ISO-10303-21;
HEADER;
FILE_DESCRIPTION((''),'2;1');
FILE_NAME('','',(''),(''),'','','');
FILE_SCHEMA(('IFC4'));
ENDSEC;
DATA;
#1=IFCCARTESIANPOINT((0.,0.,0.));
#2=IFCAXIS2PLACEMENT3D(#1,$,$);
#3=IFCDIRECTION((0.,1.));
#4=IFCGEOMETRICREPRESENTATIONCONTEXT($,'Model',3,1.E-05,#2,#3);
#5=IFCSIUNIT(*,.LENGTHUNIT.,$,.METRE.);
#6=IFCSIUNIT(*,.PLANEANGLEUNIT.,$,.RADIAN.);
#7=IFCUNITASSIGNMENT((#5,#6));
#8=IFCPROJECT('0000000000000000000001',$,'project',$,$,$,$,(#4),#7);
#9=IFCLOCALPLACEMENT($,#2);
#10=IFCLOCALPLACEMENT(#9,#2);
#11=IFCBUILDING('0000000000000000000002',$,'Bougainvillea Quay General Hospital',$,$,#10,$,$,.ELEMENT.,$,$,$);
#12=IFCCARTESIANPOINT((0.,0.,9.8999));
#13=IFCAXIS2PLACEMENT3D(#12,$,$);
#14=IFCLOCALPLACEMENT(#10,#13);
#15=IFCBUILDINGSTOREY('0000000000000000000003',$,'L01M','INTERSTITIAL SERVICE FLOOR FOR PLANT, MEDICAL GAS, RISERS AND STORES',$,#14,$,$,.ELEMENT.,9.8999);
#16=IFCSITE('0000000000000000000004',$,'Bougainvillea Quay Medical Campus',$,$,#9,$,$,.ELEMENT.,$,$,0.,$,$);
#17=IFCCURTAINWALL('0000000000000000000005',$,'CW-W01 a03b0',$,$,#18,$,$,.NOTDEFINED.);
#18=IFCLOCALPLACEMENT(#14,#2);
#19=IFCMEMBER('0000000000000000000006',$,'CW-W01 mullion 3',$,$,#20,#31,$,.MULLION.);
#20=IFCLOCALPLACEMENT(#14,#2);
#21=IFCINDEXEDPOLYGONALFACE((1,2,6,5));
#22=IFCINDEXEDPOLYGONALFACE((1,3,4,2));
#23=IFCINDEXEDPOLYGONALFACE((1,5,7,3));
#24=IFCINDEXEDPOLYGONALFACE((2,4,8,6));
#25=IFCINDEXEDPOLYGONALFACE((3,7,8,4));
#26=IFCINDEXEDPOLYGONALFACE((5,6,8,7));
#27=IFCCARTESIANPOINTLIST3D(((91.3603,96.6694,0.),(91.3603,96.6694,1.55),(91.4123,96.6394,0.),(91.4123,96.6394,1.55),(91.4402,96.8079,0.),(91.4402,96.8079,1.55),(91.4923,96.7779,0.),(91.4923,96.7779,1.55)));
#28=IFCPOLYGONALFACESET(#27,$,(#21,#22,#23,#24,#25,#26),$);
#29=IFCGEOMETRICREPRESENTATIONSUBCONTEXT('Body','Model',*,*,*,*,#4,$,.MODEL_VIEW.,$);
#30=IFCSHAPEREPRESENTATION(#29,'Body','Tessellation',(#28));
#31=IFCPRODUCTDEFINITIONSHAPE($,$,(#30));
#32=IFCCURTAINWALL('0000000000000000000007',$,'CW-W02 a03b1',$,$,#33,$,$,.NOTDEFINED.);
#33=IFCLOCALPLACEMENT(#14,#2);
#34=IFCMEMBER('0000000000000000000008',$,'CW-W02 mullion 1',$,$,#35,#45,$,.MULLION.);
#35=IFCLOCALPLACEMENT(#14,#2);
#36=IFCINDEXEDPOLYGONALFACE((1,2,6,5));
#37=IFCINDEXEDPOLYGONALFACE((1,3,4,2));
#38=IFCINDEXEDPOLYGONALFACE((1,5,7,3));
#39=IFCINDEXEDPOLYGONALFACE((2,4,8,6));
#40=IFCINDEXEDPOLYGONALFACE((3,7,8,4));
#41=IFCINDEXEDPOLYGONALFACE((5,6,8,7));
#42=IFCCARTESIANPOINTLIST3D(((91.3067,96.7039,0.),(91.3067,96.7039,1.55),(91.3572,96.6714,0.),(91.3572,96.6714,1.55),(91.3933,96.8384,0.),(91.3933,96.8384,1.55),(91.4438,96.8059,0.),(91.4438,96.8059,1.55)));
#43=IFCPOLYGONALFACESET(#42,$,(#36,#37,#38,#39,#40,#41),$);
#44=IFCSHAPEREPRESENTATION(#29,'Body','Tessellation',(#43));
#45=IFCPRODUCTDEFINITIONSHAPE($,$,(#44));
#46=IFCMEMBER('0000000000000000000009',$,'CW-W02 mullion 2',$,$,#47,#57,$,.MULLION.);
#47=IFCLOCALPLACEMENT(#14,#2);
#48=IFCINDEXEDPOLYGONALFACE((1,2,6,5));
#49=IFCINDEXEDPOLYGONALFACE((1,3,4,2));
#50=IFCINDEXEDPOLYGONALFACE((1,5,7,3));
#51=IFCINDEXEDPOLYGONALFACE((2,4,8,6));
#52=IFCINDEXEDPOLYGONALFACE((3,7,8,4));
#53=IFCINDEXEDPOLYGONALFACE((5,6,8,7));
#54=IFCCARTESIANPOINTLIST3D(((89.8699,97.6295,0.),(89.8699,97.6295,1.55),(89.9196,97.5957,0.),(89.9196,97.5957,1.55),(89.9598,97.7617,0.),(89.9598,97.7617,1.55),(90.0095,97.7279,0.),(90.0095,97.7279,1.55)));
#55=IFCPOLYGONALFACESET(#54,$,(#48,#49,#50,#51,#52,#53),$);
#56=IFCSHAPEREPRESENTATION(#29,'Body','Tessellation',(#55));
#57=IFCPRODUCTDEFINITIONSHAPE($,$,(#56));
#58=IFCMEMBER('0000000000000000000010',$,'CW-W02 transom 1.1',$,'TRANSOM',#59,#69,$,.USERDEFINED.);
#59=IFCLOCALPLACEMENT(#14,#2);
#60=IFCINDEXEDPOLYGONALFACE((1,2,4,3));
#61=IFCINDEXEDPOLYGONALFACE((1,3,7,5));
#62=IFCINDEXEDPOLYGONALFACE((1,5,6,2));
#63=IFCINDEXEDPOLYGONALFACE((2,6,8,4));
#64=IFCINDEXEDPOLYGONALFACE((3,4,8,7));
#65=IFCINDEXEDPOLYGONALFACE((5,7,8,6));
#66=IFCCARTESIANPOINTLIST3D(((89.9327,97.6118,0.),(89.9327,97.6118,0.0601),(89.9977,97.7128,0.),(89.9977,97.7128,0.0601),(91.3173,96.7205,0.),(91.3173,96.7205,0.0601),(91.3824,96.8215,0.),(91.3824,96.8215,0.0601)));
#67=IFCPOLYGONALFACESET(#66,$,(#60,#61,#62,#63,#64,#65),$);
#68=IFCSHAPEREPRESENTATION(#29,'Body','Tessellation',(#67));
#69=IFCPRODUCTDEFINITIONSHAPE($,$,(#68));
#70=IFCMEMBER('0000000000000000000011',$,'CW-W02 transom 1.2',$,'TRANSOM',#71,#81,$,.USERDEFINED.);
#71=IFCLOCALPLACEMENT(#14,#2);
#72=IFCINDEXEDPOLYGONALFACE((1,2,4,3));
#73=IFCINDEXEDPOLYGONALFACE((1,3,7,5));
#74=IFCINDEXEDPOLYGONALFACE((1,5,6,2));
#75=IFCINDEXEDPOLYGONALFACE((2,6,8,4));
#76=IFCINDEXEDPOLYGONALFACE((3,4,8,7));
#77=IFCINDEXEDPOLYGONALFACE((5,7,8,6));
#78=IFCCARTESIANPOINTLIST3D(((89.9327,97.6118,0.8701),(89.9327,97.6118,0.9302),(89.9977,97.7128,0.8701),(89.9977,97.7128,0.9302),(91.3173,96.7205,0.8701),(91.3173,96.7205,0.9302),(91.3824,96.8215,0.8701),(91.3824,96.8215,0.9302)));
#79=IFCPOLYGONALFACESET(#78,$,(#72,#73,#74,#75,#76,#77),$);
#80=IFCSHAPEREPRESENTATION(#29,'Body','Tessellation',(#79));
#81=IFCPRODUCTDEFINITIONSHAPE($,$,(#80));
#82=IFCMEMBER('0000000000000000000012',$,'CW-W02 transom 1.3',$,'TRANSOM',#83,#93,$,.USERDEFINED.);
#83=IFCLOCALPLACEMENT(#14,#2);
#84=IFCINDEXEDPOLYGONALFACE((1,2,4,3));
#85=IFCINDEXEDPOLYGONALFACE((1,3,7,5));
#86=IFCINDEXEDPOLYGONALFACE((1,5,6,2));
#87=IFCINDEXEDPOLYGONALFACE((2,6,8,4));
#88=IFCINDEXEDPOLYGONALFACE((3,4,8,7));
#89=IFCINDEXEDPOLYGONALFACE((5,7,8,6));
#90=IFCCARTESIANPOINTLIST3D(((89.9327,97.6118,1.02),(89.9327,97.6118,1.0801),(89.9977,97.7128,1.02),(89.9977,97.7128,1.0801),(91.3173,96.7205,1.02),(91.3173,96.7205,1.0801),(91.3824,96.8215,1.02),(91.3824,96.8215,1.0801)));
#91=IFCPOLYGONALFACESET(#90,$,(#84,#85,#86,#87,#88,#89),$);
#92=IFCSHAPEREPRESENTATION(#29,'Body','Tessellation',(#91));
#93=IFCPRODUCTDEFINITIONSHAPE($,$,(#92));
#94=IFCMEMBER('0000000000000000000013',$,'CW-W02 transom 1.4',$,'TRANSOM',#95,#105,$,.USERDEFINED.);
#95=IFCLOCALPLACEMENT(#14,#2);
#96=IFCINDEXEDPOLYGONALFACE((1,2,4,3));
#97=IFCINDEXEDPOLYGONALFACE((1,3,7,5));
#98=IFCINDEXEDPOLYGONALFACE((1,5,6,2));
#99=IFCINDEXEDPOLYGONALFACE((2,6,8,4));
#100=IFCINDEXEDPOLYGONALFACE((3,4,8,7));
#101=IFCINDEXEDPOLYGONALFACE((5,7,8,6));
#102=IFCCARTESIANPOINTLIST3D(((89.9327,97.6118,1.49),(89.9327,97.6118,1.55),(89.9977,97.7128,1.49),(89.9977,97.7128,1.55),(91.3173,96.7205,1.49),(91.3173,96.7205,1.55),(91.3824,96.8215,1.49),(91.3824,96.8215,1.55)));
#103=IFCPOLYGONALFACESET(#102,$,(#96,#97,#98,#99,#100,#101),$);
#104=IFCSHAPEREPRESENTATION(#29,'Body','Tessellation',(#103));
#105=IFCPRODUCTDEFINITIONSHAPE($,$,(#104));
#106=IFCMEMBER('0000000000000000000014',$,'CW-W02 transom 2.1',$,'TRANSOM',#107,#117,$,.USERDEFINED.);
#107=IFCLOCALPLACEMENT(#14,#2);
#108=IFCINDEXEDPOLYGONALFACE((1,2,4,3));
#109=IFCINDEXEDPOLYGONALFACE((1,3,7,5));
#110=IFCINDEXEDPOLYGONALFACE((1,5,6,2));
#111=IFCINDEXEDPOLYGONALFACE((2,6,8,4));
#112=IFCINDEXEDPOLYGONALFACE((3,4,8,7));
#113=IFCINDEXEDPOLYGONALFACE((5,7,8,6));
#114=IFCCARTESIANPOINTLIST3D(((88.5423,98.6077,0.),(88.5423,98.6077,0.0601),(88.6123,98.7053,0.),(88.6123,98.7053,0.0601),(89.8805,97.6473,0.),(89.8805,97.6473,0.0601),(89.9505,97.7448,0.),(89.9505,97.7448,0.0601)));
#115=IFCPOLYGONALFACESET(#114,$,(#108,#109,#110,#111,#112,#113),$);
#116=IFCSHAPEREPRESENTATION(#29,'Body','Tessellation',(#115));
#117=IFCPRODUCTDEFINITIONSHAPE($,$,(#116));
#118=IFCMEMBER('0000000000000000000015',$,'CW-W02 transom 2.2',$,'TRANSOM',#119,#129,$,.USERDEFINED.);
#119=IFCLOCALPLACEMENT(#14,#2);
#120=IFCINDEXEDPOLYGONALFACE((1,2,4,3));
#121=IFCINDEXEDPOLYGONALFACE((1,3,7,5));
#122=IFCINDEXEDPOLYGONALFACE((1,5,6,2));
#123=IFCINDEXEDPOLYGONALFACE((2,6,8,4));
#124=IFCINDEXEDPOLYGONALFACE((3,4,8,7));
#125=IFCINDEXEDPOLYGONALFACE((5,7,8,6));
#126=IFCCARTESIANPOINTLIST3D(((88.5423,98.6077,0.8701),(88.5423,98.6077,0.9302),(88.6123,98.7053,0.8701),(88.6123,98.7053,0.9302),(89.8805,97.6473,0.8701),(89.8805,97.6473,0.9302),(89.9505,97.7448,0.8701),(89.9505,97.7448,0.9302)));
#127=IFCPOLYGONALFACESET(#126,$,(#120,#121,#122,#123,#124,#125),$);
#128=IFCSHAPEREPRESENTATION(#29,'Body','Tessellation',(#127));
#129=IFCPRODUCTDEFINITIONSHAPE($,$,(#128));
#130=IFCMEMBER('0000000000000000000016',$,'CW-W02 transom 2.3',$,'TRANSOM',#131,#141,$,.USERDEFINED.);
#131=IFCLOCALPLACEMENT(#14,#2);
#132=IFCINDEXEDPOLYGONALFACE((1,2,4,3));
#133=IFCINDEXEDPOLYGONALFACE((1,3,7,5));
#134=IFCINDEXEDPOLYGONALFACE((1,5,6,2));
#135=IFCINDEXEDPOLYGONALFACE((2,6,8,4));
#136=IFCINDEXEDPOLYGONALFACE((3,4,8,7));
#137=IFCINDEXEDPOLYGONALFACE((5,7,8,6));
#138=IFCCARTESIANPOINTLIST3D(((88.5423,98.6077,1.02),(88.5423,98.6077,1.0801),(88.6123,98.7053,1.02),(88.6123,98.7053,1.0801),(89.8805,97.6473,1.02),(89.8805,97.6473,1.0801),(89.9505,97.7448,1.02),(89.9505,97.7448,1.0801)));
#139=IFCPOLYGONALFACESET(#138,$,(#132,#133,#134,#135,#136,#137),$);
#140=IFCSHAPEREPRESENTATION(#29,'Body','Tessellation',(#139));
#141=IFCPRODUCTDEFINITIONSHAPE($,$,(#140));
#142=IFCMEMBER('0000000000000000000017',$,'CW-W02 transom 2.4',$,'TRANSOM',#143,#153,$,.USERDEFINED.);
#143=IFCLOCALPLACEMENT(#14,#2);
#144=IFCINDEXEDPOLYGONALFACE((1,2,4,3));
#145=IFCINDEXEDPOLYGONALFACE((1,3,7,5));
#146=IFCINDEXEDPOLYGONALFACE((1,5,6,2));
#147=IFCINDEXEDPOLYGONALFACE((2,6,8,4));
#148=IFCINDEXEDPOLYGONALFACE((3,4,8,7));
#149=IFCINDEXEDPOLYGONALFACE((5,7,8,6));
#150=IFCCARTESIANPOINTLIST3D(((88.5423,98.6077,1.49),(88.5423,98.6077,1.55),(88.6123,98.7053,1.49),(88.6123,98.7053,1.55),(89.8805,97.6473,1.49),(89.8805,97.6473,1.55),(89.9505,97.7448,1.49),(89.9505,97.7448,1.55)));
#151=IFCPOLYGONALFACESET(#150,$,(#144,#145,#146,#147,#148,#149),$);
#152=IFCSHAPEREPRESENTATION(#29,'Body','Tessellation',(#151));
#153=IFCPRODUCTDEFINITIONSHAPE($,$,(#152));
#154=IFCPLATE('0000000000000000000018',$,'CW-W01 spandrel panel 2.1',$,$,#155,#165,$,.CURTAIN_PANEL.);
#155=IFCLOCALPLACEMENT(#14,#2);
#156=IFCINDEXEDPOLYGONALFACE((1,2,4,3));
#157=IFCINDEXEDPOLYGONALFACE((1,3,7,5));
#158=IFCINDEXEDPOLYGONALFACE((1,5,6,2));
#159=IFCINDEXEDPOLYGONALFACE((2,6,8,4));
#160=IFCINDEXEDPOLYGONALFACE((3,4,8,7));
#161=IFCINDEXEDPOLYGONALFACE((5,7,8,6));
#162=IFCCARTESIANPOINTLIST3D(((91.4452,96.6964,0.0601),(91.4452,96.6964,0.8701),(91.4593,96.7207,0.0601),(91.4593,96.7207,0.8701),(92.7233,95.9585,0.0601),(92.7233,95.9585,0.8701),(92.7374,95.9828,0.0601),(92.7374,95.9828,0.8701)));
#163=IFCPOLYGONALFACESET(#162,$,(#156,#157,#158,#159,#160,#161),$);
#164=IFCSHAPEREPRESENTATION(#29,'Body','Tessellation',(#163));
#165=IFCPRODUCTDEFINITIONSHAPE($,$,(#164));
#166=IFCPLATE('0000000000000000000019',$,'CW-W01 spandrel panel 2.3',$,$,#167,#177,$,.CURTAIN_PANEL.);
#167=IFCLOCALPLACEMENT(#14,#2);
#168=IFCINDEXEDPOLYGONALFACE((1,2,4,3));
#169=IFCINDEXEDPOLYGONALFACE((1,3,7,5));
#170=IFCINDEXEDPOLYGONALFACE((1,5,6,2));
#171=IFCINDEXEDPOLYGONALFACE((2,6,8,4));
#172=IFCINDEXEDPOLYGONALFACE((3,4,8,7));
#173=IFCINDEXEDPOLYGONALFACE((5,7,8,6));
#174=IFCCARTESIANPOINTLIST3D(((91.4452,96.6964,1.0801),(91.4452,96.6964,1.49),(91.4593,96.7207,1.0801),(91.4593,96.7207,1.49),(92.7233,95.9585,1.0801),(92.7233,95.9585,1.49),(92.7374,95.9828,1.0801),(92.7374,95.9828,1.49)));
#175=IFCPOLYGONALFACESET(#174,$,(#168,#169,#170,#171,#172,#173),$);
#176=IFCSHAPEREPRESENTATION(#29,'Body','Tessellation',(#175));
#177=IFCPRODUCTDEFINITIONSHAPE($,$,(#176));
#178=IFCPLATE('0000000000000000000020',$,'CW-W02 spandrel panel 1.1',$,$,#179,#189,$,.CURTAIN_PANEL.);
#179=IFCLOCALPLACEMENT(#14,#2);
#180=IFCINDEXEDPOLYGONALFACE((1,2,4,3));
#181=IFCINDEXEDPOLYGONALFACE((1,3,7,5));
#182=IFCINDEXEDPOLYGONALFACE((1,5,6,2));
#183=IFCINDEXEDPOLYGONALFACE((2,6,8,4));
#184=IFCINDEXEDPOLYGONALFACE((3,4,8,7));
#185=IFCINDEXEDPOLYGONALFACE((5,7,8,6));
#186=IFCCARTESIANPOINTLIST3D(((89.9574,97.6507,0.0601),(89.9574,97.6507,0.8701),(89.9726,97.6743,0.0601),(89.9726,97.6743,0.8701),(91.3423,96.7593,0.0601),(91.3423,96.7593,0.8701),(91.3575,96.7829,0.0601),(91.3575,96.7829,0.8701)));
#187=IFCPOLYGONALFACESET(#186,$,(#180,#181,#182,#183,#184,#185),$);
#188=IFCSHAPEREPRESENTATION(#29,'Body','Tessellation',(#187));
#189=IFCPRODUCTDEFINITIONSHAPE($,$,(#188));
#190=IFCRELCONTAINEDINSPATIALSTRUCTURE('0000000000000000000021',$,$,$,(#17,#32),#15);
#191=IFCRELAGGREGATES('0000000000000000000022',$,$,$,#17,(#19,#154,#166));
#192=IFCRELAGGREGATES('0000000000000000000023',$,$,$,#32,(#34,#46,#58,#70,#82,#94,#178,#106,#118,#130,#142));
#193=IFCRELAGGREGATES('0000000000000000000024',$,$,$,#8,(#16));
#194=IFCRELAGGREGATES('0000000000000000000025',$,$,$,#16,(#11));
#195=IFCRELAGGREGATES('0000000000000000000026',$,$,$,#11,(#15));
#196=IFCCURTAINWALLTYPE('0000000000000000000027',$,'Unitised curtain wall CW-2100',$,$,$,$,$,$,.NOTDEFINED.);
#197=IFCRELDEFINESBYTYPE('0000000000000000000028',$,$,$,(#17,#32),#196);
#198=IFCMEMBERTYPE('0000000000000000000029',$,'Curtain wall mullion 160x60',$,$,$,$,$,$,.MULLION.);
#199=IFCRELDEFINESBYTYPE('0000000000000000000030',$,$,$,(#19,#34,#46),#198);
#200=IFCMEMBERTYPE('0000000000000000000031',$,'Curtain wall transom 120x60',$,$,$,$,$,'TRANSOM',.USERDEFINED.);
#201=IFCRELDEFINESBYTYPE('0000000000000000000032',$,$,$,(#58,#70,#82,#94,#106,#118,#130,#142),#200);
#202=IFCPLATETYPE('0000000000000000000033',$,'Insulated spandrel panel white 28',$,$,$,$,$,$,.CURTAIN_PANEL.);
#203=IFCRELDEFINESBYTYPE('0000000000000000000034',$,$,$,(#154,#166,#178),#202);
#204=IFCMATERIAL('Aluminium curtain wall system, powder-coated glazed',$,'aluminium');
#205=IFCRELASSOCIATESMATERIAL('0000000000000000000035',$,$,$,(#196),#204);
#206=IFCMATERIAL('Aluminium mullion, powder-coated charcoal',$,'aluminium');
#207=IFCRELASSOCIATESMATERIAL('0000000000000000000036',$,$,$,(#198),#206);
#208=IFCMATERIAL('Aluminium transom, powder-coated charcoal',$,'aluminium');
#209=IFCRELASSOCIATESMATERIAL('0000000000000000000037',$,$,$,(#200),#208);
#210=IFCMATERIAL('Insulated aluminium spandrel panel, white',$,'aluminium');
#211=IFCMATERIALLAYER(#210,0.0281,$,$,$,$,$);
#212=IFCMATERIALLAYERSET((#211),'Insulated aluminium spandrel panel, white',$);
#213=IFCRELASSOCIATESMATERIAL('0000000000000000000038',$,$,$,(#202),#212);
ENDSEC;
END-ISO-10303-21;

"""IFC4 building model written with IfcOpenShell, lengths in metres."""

from ifc_helpers import new_model, si_unit, direction, frame, origin, origin_2d, place, context, subcontext, project, spatial, rectangle, extrude, material, layer, layer_set, material_profile, profile_set, type_object, element, aggregate, save


model = new_model("IFC4")

# Units and contexts
model_context = context("Model", 3, precision=1e-05, world=origin(), true_north=direction((0.0, 1.0)))
body_context = subcontext(model_context, "Body", "Model", "MODEL_VIEW")
ifc_project = project(units=[si_unit("LENGTHUNIT", "METRE"), si_unit("PLANEANGLEUNIT", "RADIAN")], contexts=[model_context])

# Site, building, storey
site_placement = place(None, origin())
site = spatial("IfcSite", under=ifc_project, at=site_placement, Name="Bougainvillea Quay Medical Campus", CompositionType="ELEMENT", RefElevation=0.0)
building_placement = place(site_placement, origin())
building = spatial("IfcBuilding", under=site, at=building_placement, Name="Bougainvillea Quay General Hospital", CompositionType="ELEMENT")
storey_placement = place(building_placement, frame((0.0, 0.0, 9.8999)))
storey = spatial("IfcBuildingStorey", under=building, at=storey_placement, Name="L01M", Description="INTERSTITIAL SERVICE FLOOR FOR PLANT, MEDICAL GAS, RISERS AND STORES", CompositionType="ELEMENT", Elevation=9.8999)

# Curtain wall, member
ifc_material_1 = material(Name="Aluminium curtain wall system, powder-coated glazed", Category="aluminium")
curtain_wall_type = type_object("IfcCurtainWallType", Name="Unitised curtain wall CW-2100", PredefinedType="NOTDEFINED", material=ifc_material_1)
curtain_wall_1_placement = place(storey_placement, origin())
curtain_wall_1 = element("IfcCurtainWall", 1, at=curtain_wall_1_placement, inside=storey, type_object=curtain_wall_type, Name="CW-W01 a03b0", PredefinedType="NOTDEFINED")
ifc_material_2 = material(Name="Aluminium mullion, powder-coated charcoal", Category="aluminium")
ifc_material_profile_1 = material_profile(ifc_material_2, rectangle(XDim=0.1599, YDim=0.0601, at=origin_2d()))
ifc_profile_set_1 = profile_set([ifc_material_profile_1], Name="Aluminium mullion, powder-coated charcoal")
member_type_1 = type_object("IfcMemberType", Name="Curtain wall mullion 160x60", PredefinedType="MULLION", material=ifc_profile_set_1)
member_1_placement = place(storey_placement, frame((91.4263, 96.7236, 0.0), z_axis=(0.0, 0.0, 1.0), x_axis=(-0.500031, -0.866007, 0.0)))
member_1 = element("IfcMember", 2, at=member_1_placement, type_object=member_type_1, Name="CW-W01 mullion 3", PredefinedType="MULLION", context=body_context, shape_type="SweptSolid", body=[
    extrude(rectangle(XDim=0.1599, YDim=0.0601, at=origin_2d()), origin(), (0.0, 0.0, 1.0), 1.55),
])

# Curtain wall, members
curtain_wall_2_placement = place(storey_placement, origin())
curtain_wall_2 = element("IfcCurtainWall", 3, at=curtain_wall_2_placement, inside=storey, type_object=curtain_wall_type, Name="CW-W02 a03b1", PredefinedType="NOTDEFINED")
member_2_placement = place(storey_placement, frame((91.3752, 96.7549, 0.0), z_axis=(0.0, 0.0, 1.0), x_axis=(-0.541195, -0.840897, 0.0)))
member_2 = element("IfcMember", 4, at=member_2_placement, type_object=member_type_1, Name="CW-W02 mullion 1", PredefinedType="MULLION", context=body_context, shape_type="SweptSolid", body=[
    extrude(rectangle(XDim=0.1599, YDim=0.0601, at=origin_2d()), origin(), (0.0, 0.0, 1.0), 1.55),
])
member_3_placement = place(storey_placement, frame((89.9397, 97.6787, 0.0), z_axis=(0.0, 0.0, 1.0), x_axis=(-0.562343, -0.826904, 0.0)))
member_3 = element("IfcMember", 5, at=member_3_placement, type_object=member_type_1, Name="CW-W02 mullion 2", PredefinedType="MULLION", context=body_context, shape_type="SweptSolid", body=[
    extrude(rectangle(XDim=0.1599, YDim=0.0601, at=origin_2d()), origin(), (0.0, 0.0, 1.0), 1.55),
])
ifc_material_3 = material(Name="Aluminium transom, powder-coated charcoal", Category="aluminium")
ifc_material_profile_2 = material_profile(ifc_material_3, rectangle(XDim=0.1201, YDim=0.0601, at=origin_2d()))
ifc_profile_set_2 = profile_set([ifc_material_profile_2], Name="Aluminium transom, powder-coated charcoal")
member_type_2 = type_object("IfcMemberType", Name="Curtain wall transom 120x60", ElementType="TRANSOM", PredefinedType="USERDEFINED", material=ifc_profile_set_2)
member_4_placement = place(storey_placement, frame((91.3499, 96.771, 0.03), z_axis=(-0.84086, 0.541252, 0.0), x_axis=(-0.541252, -0.84086, 0.0)))
member_4 = element("IfcMember", 6, at=member_4_placement, type_object=member_type_2, Name="CW-W02 transom 1.1", ObjectType="TRANSOM", PredefinedType="USERDEFINED", context=body_context, shape_type="SweptSolid", body=[
    extrude(rectangle(XDim=0.1201, YDim=0.0601, at=origin_2d()), origin(), (0.0, 0.0, 1.0), 1.6467),
])
member_5_placement = place(storey_placement, frame((91.3499, 96.771, 0.9001), z_axis=(-0.84086, 0.541252, 0.0), x_axis=(-0.541252, -0.84086, 0.0)))
member_5 = element("IfcMember", 7, at=member_5_placement, type_object=member_type_2, Name="CW-W02 transom 1.2", ObjectType="TRANSOM", PredefinedType="USERDEFINED", context=body_context, shape_type="SweptSolid", body=[
    extrude(rectangle(XDim=0.1201, YDim=0.0601, at=origin_2d()), origin(), (0.0, 0.0, 1.0), 1.6467),
])
member_6_placement = place(storey_placement, frame((91.3499, 96.771, 1.05), z_axis=(-0.84086, 0.541252, 0.0), x_axis=(-0.541252, -0.84086, 0.0)))
member_6 = element("IfcMember", 8, at=member_6_placement, type_object=member_type_2, Name="CW-W02 transom 1.3", ObjectType="TRANSOM", PredefinedType="USERDEFINED", context=body_context, shape_type="SweptSolid", body=[
    extrude(rectangle(XDim=0.1201, YDim=0.0601, at=origin_2d()), origin(), (0.0, 0.0, 1.0), 1.6467),
])
member_7_placement = place(storey_placement, frame((91.3499, 96.771, 1.52), z_axis=(-0.84086, 0.541252, 0.0), x_axis=(-0.541252, -0.84086, 0.0)))
member_7 = element("IfcMember", 9, at=member_7_placement, type_object=member_type_2, Name="CW-W02 transom 1.4", ObjectType="TRANSOM", PredefinedType="USERDEFINED", context=body_context, shape_type="SweptSolid", body=[
    extrude(rectangle(XDim=0.1201, YDim=0.0601, at=origin_2d()), origin(), (0.0, 0.0, 1.0), 1.6467),
])
member_8_placement = place(storey_placement, frame((89.9155, 97.696, 0.03), z_axis=(-0.812399, 0.583101, 0.0), x_axis=(-0.583101, -0.812399, 0.0)))
member_8 = element("IfcMember", 10, at=member_8_placement, type_object=member_type_2, Name="CW-W02 transom 2.1", ObjectType="TRANSOM", PredefinedType="USERDEFINED", context=body_context, shape_type="SweptSolid", body=[
    extrude(rectangle(XDim=0.1201, YDim=0.0601, at=origin_2d()), origin(), (0.0, 0.0, 1.0), 1.6472),
])
member_9_placement = place(storey_placement, frame((89.9155, 97.696, 0.9001), z_axis=(-0.812399, 0.583101, 0.0), x_axis=(-0.583101, -0.812399, 0.0)))
member_9 = element("IfcMember", 11, at=member_9_placement, type_object=member_type_2, Name="CW-W02 transom 2.2", ObjectType="TRANSOM", PredefinedType="USERDEFINED", context=body_context, shape_type="SweptSolid", body=[
    extrude(rectangle(XDim=0.1201, YDim=0.0601, at=origin_2d()), origin(), (0.0, 0.0, 1.0), 1.6472),
])
member_10_placement = place(storey_placement, frame((89.9155, 97.696, 1.05), z_axis=(-0.812399, 0.583101, 0.0), x_axis=(-0.583101, -0.812399, 0.0)))
member_10 = element("IfcMember", 12, at=member_10_placement, type_object=member_type_2, Name="CW-W02 transom 2.3", ObjectType="TRANSOM", PredefinedType="USERDEFINED", context=body_context, shape_type="SweptSolid", body=[
    extrude(rectangle(XDim=0.1201, YDim=0.0601, at=origin_2d()), origin(), (0.0, 0.0, 1.0), 1.6472),
])
member_11_placement = place(storey_placement, frame((89.9155, 97.696, 1.52), z_axis=(-0.812399, 0.583101, 0.0), x_axis=(-0.583101, -0.812399, 0.0)))
member_11 = element("IfcMember", 13, at=member_11_placement, type_object=member_type_2, Name="CW-W02 transom 2.4", ObjectType="TRANSOM", PredefinedType="USERDEFINED", context=body_context, shape_type="SweptSolid", body=[
    extrude(rectangle(XDim=0.1201, YDim=0.0601, at=origin_2d()), origin(), (0.0, 0.0, 1.0), 1.6472),
])

# Plates
ifc_material_4 = material(Name="Insulated aluminium spandrel panel, white", Category="aluminium")
ifc_layer_1 = layer(ifc_material_4, 0.0281)
ifc_layer_set_1 = layer_set([ifc_layer_1], Name="Insulated aluminium spandrel panel, white")
plate_type_1 = type_object("IfcPlateType", Name="Insulated spandrel panel white 28", PredefinedType="CURTAIN_PANEL", material=ifc_layer_set_1)
plate_1_placement = place(storey_placement, frame((92.0913, 96.3396, 0.0601), z_axis=(0.0, 0.0, 1.0), x_axis=(-0.866007, 0.500031, 0.0)))
plate_1 = element("IfcPlate", 14, at=plate_1_placement, type_object=plate_type_1, Name="CW-W01 spandrel panel 2.1", PredefinedType="CURTAIN_PANEL", context=body_context, shape_type="SweptSolid", body=[
    extrude(rectangle(XDim=1.4758, YDim=0.0281, at=origin_2d()), origin(), (0.0, 0.0, 1.0), 0.8101),
])
plate_2_placement = place(storey_placement, frame((92.0913, 96.3396, 1.0801), z_axis=(0.0, 0.0, 1.0), x_axis=(-0.866007, 0.500031, 0.0)))
plate_2 = element("IfcPlate", 15, at=plate_2_placement, type_object=plate_type_1, Name="CW-W01 spandrel panel 2.3", PredefinedType="CURTAIN_PANEL", context=body_context, shape_type="SweptSolid", body=[
    extrude(rectangle(XDim=1.4758, YDim=0.0281, at=origin_2d()), origin(), (0.0, 0.0, 1.0), 0.4099),
])
plate_3_placement = place(storey_placement, frame((90.6575, 97.2168, 0.0601), z_axis=(0.0, 0.0, 1.0), x_axis=(-0.840897, 0.541195, 0.0)))
plate_3 = element("IfcPlate", 16, at=plate_3_placement, type_object=plate_type_1, Name="CW-W02 spandrel panel 1.1", PredefinedType="CURTAIN_PANEL", context=body_context, shape_type="SweptSolid", body=[
    extrude(rectangle(XDim=1.647, YDim=0.0281, at=origin_2d()), origin(), (0.0, 0.0, 1.0), 0.8101),
])
aggregate(curtain_wall_1, [member_1, plate_1, plate_2])
aggregate(curtain_wall_2, [member_2, member_3, member_4, member_5, member_6, member_7, plate_3, member_8, member_9, member_10, member_11])

save(model, "model.ifc")
